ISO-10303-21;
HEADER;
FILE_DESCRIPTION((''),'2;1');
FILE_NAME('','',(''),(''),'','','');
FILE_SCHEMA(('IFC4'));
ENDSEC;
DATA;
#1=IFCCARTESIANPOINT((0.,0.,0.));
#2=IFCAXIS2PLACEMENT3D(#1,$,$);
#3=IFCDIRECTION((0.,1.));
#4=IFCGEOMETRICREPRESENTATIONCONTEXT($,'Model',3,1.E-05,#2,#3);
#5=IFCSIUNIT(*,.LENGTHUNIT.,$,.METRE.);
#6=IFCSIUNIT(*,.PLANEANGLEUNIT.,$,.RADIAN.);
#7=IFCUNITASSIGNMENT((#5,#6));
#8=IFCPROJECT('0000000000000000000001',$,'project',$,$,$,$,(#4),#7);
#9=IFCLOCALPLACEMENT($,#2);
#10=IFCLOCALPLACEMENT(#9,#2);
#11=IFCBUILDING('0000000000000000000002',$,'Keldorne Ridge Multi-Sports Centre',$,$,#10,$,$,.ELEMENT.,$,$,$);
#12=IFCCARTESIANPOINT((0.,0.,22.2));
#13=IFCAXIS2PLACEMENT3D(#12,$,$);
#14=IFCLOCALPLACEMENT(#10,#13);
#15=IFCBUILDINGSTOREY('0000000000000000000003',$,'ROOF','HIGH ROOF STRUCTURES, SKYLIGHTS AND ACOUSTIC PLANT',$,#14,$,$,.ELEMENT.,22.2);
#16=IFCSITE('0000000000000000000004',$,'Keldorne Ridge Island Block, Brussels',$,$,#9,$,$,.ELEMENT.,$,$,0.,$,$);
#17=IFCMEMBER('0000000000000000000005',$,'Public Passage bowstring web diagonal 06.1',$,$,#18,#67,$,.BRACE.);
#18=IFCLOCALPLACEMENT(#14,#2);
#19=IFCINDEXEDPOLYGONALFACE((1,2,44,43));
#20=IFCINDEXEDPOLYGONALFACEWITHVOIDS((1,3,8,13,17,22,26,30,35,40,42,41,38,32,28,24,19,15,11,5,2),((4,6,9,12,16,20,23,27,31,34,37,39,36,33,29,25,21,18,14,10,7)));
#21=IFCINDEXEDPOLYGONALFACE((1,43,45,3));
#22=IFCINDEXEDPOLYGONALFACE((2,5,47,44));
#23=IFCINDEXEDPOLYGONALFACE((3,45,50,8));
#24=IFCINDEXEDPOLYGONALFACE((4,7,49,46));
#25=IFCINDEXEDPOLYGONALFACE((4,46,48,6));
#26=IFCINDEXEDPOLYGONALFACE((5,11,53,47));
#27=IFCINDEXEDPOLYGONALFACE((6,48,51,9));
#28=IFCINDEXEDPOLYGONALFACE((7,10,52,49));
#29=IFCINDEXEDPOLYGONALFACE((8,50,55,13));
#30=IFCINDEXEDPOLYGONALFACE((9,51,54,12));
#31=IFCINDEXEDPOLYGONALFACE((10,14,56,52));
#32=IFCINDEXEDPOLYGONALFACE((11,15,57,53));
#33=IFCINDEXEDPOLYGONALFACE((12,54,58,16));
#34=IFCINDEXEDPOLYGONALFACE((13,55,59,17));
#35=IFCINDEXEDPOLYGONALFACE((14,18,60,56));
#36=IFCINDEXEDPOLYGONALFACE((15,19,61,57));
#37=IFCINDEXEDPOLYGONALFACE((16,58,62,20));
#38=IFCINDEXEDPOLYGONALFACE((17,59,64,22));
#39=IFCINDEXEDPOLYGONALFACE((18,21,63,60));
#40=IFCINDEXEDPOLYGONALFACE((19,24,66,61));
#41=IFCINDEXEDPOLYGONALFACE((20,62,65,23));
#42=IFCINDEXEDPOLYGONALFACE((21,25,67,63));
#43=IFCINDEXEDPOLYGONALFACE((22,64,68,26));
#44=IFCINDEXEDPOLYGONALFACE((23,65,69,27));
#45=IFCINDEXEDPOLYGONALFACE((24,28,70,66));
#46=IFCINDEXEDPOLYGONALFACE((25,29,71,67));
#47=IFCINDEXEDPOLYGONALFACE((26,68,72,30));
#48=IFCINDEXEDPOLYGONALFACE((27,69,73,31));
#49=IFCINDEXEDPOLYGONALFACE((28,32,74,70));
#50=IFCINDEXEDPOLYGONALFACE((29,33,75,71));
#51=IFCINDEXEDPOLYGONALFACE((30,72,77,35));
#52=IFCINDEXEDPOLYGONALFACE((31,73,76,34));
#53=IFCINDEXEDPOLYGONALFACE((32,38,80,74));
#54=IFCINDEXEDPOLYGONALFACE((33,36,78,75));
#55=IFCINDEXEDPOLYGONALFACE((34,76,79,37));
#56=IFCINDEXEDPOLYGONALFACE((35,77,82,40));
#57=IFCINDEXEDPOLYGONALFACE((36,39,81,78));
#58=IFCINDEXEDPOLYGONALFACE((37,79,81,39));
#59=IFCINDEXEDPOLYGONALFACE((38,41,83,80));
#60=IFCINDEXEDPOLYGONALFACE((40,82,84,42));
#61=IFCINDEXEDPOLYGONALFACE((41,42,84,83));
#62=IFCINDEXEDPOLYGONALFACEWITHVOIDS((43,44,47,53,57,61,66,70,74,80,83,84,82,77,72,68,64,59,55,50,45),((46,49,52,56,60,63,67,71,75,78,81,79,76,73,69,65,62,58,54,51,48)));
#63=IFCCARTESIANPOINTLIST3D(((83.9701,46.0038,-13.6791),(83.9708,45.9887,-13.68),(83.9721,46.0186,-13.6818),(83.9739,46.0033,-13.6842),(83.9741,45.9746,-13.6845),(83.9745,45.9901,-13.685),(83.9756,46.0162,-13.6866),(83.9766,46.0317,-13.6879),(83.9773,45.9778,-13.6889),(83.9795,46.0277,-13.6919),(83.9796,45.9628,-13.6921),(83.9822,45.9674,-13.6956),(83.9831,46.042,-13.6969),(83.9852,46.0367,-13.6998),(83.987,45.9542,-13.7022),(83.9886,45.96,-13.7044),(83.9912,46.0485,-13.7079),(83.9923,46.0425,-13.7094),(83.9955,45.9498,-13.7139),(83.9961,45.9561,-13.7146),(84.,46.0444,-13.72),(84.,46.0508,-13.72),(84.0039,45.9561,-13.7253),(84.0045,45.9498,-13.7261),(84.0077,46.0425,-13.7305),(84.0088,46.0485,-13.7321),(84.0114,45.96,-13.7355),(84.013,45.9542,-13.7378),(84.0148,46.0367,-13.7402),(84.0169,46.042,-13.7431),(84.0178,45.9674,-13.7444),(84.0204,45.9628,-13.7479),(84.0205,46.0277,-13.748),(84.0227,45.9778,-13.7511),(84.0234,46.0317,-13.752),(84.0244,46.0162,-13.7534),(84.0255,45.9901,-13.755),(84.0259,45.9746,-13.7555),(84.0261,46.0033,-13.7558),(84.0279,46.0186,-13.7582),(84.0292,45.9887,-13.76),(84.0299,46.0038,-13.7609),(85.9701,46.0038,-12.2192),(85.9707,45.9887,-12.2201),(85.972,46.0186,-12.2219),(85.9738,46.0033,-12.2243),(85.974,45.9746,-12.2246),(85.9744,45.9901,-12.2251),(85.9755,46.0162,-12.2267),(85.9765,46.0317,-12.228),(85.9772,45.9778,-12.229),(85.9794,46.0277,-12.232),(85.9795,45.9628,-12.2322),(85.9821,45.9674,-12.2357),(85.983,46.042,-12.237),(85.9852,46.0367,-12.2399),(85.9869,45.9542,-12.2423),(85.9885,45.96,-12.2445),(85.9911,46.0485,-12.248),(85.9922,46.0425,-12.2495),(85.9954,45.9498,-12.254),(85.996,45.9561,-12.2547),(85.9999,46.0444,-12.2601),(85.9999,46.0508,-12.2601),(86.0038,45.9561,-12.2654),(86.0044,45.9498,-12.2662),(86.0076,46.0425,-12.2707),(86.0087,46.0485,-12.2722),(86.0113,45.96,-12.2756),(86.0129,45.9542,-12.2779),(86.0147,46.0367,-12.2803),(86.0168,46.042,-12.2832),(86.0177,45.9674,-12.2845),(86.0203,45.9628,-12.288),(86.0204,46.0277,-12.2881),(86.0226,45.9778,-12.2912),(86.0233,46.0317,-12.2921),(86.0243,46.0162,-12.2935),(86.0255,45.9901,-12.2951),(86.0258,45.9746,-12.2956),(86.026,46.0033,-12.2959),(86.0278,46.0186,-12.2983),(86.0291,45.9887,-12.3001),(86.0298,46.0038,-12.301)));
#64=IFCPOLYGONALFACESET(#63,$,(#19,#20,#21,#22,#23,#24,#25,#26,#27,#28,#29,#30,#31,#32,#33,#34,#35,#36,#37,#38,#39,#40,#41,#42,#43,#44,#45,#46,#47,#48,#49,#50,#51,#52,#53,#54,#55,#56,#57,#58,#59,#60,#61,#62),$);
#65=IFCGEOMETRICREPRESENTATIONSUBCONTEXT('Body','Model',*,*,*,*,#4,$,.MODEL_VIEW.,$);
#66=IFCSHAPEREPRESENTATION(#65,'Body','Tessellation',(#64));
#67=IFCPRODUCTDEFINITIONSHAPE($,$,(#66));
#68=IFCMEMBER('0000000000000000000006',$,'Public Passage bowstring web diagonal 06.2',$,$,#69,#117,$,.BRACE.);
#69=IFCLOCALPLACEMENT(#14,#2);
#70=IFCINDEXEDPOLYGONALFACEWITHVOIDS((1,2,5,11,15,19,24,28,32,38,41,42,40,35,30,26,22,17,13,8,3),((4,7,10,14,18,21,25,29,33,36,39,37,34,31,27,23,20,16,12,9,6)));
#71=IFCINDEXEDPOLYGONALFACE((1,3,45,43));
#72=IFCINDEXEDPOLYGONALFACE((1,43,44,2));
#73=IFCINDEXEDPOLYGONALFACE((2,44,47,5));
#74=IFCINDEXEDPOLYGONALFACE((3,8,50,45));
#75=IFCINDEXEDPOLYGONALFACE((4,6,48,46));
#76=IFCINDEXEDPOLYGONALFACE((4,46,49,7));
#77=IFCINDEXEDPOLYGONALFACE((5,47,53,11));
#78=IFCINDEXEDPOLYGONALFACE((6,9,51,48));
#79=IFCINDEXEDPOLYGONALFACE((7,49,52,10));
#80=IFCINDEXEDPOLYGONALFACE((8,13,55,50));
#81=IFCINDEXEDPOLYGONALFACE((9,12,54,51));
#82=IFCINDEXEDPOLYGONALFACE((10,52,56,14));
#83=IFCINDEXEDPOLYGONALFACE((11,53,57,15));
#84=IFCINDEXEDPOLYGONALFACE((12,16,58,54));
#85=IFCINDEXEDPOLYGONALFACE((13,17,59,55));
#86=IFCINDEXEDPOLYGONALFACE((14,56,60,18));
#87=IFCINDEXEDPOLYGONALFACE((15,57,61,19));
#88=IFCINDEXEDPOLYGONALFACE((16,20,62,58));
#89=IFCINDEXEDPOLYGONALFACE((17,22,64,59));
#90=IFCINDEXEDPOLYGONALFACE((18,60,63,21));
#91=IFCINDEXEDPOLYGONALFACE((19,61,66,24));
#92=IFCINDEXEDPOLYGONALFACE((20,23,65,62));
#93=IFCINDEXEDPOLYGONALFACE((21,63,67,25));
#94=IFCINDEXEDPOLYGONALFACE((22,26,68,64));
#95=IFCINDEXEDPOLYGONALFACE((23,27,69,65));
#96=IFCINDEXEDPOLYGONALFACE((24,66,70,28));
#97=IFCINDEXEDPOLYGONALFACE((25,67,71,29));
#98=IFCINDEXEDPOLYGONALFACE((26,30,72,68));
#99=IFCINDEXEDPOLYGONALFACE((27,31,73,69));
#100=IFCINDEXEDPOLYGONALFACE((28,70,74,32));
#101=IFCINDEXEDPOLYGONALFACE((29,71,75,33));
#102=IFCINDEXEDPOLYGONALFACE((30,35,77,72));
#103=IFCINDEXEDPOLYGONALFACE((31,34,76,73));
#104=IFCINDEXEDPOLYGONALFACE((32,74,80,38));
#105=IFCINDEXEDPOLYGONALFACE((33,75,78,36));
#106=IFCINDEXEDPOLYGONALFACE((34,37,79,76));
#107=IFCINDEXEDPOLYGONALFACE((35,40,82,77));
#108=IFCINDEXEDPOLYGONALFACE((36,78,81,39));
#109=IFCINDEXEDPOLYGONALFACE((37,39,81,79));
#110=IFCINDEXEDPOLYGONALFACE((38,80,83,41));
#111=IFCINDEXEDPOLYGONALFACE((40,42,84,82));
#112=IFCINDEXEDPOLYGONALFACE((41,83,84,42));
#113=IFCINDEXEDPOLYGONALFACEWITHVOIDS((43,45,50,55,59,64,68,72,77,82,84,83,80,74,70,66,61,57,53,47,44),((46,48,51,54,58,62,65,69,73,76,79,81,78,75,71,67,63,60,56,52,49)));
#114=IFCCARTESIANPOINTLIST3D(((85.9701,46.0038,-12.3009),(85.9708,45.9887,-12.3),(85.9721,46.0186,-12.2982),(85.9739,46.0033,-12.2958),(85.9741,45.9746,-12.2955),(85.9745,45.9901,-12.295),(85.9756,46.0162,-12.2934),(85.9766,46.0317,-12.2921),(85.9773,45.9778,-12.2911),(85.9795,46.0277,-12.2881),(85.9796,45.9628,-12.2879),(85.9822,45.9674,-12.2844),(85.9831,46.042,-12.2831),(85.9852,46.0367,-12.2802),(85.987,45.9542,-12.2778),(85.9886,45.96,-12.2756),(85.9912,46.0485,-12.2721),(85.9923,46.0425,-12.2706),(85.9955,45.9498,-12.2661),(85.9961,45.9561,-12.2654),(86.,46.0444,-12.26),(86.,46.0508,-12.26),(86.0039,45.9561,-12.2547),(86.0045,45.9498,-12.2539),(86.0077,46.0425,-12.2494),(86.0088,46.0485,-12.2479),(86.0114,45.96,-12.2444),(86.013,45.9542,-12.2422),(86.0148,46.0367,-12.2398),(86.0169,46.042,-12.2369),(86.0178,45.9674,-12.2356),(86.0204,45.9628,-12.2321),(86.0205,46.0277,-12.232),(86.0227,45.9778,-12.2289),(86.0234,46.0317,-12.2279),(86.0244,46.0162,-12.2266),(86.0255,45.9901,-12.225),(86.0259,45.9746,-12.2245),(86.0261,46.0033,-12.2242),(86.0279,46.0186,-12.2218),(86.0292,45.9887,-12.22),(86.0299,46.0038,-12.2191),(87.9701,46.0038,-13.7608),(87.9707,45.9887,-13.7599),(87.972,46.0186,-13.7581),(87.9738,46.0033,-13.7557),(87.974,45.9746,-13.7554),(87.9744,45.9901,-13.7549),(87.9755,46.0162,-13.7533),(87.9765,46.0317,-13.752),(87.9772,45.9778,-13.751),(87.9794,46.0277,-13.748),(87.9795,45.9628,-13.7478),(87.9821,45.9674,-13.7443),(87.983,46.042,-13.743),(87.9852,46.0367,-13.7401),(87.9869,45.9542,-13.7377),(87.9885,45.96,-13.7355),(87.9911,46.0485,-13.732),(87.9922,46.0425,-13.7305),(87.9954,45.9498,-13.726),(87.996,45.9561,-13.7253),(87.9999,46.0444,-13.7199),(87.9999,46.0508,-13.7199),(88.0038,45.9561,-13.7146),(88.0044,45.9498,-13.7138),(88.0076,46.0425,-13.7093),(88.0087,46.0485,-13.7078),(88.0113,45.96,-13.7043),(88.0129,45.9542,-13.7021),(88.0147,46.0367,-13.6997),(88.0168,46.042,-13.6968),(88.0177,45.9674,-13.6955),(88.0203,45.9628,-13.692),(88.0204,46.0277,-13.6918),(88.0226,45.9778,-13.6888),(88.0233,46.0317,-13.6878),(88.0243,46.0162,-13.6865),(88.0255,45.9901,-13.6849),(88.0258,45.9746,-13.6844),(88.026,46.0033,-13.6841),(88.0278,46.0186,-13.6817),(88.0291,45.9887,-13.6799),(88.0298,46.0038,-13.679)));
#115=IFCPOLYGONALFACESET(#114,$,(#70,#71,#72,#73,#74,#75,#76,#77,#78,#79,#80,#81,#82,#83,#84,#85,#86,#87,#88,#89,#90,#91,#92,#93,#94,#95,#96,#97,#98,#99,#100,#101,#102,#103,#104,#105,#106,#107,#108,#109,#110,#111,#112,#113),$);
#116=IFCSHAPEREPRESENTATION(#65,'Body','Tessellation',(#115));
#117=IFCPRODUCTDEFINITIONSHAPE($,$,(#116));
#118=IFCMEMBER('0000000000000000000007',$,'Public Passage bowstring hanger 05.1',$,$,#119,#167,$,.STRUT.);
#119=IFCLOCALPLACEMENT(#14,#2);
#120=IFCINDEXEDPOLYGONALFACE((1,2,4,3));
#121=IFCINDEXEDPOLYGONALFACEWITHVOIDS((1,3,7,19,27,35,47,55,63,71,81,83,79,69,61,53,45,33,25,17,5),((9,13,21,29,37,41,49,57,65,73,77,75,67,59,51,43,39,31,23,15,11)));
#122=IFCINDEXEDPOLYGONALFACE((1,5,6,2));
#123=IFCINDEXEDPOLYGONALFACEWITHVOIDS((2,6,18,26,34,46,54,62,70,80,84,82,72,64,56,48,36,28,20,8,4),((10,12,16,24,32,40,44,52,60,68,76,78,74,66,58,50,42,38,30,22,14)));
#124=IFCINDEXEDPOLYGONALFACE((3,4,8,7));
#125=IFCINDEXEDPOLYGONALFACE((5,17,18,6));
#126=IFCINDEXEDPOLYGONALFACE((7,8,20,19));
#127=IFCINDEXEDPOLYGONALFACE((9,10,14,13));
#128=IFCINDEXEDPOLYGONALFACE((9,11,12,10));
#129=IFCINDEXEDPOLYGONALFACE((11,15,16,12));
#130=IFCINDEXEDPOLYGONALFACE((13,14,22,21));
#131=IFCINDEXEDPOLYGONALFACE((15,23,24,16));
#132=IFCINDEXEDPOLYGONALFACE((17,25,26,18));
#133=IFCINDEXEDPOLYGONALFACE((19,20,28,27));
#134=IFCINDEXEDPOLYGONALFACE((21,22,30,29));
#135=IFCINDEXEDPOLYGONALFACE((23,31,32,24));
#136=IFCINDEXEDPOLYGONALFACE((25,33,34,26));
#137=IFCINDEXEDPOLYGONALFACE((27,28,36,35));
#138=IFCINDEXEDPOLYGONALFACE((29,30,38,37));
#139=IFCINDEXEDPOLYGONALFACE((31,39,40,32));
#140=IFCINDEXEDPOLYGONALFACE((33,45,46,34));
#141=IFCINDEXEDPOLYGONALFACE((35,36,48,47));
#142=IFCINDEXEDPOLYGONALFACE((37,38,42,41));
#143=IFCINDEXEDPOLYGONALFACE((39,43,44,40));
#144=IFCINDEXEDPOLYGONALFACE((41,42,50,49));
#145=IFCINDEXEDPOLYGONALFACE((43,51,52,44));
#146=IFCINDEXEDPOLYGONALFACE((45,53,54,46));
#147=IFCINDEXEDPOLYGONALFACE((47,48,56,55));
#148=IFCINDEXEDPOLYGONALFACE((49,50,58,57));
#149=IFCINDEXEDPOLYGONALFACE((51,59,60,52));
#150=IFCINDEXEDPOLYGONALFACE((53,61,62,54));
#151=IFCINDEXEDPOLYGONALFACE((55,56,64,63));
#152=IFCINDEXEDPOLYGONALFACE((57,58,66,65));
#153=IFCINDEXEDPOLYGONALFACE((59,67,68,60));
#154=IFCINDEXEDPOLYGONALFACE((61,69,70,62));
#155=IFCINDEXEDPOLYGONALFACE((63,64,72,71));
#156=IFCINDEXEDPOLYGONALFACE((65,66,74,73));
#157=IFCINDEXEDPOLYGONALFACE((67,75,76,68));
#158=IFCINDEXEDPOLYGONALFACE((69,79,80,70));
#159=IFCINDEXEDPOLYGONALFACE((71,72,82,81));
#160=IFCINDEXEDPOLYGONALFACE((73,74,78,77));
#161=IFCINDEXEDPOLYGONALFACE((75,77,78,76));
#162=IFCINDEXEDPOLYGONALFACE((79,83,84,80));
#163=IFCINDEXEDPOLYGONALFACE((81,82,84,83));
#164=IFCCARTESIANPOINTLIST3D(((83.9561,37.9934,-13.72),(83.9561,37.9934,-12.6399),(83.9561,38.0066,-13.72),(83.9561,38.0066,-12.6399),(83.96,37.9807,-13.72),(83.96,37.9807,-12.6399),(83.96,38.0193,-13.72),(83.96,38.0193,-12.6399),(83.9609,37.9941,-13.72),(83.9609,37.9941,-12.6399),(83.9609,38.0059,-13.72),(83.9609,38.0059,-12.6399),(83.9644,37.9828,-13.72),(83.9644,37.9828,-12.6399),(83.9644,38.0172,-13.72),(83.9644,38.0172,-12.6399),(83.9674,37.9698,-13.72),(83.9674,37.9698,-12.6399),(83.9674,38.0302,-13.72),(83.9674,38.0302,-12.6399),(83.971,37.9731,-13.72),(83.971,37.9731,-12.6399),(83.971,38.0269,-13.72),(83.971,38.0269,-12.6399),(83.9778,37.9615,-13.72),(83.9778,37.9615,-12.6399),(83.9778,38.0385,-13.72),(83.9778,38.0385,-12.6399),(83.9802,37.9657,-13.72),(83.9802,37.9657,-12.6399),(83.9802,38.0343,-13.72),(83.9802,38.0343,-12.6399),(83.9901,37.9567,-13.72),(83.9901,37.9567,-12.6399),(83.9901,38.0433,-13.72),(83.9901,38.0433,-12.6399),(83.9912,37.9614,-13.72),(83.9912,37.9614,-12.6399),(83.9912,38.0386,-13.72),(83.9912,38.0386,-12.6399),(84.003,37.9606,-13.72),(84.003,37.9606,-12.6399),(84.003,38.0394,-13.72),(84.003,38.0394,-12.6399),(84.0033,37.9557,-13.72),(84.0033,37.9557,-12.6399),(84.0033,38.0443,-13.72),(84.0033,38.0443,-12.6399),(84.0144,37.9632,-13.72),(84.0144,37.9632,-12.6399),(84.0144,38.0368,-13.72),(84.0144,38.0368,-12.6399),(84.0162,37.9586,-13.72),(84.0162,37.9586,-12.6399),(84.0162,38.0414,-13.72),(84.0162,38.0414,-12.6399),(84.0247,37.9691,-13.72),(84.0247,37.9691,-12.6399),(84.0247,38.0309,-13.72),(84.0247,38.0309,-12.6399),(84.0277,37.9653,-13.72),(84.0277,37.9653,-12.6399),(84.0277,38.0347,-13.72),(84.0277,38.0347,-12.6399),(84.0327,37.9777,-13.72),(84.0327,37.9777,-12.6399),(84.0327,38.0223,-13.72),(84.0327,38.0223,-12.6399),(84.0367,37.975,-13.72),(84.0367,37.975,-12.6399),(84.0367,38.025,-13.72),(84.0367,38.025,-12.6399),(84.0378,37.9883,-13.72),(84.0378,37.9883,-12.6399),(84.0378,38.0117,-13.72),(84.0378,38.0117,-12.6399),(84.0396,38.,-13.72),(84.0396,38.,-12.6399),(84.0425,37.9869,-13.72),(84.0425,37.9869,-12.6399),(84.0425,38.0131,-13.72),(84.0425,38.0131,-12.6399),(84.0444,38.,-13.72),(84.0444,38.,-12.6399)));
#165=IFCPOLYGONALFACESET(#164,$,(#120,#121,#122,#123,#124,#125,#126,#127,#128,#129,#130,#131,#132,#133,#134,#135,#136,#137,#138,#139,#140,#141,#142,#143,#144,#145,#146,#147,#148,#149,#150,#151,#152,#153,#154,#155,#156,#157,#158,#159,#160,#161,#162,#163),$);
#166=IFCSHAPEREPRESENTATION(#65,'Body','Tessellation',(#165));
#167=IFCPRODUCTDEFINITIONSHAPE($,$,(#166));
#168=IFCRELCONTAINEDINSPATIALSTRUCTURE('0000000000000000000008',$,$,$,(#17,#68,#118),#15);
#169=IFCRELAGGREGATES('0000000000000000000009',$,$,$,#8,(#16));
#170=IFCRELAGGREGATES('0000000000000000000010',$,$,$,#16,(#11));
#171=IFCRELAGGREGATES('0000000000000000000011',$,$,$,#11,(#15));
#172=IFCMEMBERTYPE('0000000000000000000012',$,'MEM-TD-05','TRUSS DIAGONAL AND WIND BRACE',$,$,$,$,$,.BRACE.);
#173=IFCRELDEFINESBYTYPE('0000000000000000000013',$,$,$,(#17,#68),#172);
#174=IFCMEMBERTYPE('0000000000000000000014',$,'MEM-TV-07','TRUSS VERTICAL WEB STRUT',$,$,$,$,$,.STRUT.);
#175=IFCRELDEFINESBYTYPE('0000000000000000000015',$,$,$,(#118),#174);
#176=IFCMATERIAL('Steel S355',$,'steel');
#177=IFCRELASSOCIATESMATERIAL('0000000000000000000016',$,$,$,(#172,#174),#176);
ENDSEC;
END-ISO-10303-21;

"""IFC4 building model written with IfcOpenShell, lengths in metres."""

from ifc_helpers import new_model, si_unit, direction, frame, origin, origin_2d, place, context, subcontext, project, spatial, hollow_circle, extrude, material, material_profile, profile_set, type_object, element, save


model = new_model("IFC4")

# Units and contexts
model_context = context("Model", 3, precision=1e-05, world=origin(), true_north=direction((0.0, 1.0)))
body_context = subcontext(model_context, "Body", "Model", "MODEL_VIEW")
ifc_project = project(units=[si_unit("LENGTHUNIT", "METRE"), si_unit("PLANEANGLEUNIT", "RADIAN")], contexts=[model_context])

# Site, building, storey
site_placement = place(None, origin())
site = spatial("IfcSite", under=ifc_project, at=site_placement, Name="Keldorne Ridge Island Block, Brussels", CompositionType="ELEMENT", RefElevation=0.0)
building_placement = place(site_placement, origin())
building = spatial("IfcBuilding", under=site, at=building_placement, Name="Keldorne Ridge Multi-Sports Centre", CompositionType="ELEMENT")
storey_placement = place(building_placement, frame((0.0, 0.0, 22.2)))
storey = spatial("IfcBuildingStorey", under=building, at=storey_placement, Name="ROOF", Description="HIGH ROOF STRUCTURES, SKYLIGHTS AND ACOUSTIC PLANT", CompositionType="ELEMENT", Elevation=22.2)

# Members
ifc_material = material(Name="Steel S355", Category="steel")
ifc_material_profile_1 = material_profile(ifc_material, hollow_circle(Radius=0.0508, WallThickness=0.0063, at=origin_2d()), Name="CHS 101.6x6.3")
ifc_profile_set_1 = profile_set([ifc_material_profile_1], Name="Steel S355")
member_type_1 = type_object("IfcMemberType", Name="MEM-TD-05", Description="TRUSS DIAGONAL AND WIND BRACE", PredefinedType="BRACE", material=ifc_profile_set_1)
for number, where, z_axis, x_axis, name in (
    (1, (84.0, 46.0, -13.72), (0.807695, 0.0, 0.589601), (0.0, 1.0, 0.0), "Public Passage bowstring web diagonal 06.1"),
    (2, (86.0, 46.0, -12.26), (0.807695, 0.0, -0.589601), (0.0, 1.0, 0.0), "Public Passage bowstring web diagonal 06.2"),
):
    element("IfcMember", number, at=place(storey_placement, frame(where, z_axis=z_axis, x_axis=x_axis)), inside=storey, type_object=member_type_1, Name=name, PredefinedType="BRACE", context=body_context, shape_type="SweptSolid", body=[
        extrude(hollow_circle(Radius=0.0508, WallThickness=0.0063, at=origin_2d()), origin(), (0.0, 0.0, 1.0), 2.4761),
    ])
ifc_material_profile_2 = material_profile(ifc_material, hollow_circle(Radius=0.0444, WallThickness=0.0049, at=origin_2d()), Name="CHS 88.9x5")
ifc_profile_set_2 = profile_set([ifc_material_profile_2], Name="Steel S355")
member_type_2 = type_object("IfcMemberType", Name="MEM-TV-07", Description="TRUSS VERTICAL WEB STRUT", PredefinedType="STRUT", material=ifc_profile_set_2)
member_1_placement = place(storey_placement, frame((84.0, 38.0, -13.72), z_axis=(0.0, 0.0, 1.0), x_axis=(1.0, 0.0, 0.0)))
element("IfcMember", 3, at=member_1_placement, inside=storey, type_object=member_type_2, Name="Public Passage bowstring hanger 05.1", PredefinedType="STRUT", context=body_context, shape_type="SweptSolid", body=[
    extrude(hollow_circle(Radius=0.0444, WallThickness=0.0049, at=origin_2d()), origin(), (0.0, 0.0, 1.0), 1.0801),
])

save(model, "model.ifc")
